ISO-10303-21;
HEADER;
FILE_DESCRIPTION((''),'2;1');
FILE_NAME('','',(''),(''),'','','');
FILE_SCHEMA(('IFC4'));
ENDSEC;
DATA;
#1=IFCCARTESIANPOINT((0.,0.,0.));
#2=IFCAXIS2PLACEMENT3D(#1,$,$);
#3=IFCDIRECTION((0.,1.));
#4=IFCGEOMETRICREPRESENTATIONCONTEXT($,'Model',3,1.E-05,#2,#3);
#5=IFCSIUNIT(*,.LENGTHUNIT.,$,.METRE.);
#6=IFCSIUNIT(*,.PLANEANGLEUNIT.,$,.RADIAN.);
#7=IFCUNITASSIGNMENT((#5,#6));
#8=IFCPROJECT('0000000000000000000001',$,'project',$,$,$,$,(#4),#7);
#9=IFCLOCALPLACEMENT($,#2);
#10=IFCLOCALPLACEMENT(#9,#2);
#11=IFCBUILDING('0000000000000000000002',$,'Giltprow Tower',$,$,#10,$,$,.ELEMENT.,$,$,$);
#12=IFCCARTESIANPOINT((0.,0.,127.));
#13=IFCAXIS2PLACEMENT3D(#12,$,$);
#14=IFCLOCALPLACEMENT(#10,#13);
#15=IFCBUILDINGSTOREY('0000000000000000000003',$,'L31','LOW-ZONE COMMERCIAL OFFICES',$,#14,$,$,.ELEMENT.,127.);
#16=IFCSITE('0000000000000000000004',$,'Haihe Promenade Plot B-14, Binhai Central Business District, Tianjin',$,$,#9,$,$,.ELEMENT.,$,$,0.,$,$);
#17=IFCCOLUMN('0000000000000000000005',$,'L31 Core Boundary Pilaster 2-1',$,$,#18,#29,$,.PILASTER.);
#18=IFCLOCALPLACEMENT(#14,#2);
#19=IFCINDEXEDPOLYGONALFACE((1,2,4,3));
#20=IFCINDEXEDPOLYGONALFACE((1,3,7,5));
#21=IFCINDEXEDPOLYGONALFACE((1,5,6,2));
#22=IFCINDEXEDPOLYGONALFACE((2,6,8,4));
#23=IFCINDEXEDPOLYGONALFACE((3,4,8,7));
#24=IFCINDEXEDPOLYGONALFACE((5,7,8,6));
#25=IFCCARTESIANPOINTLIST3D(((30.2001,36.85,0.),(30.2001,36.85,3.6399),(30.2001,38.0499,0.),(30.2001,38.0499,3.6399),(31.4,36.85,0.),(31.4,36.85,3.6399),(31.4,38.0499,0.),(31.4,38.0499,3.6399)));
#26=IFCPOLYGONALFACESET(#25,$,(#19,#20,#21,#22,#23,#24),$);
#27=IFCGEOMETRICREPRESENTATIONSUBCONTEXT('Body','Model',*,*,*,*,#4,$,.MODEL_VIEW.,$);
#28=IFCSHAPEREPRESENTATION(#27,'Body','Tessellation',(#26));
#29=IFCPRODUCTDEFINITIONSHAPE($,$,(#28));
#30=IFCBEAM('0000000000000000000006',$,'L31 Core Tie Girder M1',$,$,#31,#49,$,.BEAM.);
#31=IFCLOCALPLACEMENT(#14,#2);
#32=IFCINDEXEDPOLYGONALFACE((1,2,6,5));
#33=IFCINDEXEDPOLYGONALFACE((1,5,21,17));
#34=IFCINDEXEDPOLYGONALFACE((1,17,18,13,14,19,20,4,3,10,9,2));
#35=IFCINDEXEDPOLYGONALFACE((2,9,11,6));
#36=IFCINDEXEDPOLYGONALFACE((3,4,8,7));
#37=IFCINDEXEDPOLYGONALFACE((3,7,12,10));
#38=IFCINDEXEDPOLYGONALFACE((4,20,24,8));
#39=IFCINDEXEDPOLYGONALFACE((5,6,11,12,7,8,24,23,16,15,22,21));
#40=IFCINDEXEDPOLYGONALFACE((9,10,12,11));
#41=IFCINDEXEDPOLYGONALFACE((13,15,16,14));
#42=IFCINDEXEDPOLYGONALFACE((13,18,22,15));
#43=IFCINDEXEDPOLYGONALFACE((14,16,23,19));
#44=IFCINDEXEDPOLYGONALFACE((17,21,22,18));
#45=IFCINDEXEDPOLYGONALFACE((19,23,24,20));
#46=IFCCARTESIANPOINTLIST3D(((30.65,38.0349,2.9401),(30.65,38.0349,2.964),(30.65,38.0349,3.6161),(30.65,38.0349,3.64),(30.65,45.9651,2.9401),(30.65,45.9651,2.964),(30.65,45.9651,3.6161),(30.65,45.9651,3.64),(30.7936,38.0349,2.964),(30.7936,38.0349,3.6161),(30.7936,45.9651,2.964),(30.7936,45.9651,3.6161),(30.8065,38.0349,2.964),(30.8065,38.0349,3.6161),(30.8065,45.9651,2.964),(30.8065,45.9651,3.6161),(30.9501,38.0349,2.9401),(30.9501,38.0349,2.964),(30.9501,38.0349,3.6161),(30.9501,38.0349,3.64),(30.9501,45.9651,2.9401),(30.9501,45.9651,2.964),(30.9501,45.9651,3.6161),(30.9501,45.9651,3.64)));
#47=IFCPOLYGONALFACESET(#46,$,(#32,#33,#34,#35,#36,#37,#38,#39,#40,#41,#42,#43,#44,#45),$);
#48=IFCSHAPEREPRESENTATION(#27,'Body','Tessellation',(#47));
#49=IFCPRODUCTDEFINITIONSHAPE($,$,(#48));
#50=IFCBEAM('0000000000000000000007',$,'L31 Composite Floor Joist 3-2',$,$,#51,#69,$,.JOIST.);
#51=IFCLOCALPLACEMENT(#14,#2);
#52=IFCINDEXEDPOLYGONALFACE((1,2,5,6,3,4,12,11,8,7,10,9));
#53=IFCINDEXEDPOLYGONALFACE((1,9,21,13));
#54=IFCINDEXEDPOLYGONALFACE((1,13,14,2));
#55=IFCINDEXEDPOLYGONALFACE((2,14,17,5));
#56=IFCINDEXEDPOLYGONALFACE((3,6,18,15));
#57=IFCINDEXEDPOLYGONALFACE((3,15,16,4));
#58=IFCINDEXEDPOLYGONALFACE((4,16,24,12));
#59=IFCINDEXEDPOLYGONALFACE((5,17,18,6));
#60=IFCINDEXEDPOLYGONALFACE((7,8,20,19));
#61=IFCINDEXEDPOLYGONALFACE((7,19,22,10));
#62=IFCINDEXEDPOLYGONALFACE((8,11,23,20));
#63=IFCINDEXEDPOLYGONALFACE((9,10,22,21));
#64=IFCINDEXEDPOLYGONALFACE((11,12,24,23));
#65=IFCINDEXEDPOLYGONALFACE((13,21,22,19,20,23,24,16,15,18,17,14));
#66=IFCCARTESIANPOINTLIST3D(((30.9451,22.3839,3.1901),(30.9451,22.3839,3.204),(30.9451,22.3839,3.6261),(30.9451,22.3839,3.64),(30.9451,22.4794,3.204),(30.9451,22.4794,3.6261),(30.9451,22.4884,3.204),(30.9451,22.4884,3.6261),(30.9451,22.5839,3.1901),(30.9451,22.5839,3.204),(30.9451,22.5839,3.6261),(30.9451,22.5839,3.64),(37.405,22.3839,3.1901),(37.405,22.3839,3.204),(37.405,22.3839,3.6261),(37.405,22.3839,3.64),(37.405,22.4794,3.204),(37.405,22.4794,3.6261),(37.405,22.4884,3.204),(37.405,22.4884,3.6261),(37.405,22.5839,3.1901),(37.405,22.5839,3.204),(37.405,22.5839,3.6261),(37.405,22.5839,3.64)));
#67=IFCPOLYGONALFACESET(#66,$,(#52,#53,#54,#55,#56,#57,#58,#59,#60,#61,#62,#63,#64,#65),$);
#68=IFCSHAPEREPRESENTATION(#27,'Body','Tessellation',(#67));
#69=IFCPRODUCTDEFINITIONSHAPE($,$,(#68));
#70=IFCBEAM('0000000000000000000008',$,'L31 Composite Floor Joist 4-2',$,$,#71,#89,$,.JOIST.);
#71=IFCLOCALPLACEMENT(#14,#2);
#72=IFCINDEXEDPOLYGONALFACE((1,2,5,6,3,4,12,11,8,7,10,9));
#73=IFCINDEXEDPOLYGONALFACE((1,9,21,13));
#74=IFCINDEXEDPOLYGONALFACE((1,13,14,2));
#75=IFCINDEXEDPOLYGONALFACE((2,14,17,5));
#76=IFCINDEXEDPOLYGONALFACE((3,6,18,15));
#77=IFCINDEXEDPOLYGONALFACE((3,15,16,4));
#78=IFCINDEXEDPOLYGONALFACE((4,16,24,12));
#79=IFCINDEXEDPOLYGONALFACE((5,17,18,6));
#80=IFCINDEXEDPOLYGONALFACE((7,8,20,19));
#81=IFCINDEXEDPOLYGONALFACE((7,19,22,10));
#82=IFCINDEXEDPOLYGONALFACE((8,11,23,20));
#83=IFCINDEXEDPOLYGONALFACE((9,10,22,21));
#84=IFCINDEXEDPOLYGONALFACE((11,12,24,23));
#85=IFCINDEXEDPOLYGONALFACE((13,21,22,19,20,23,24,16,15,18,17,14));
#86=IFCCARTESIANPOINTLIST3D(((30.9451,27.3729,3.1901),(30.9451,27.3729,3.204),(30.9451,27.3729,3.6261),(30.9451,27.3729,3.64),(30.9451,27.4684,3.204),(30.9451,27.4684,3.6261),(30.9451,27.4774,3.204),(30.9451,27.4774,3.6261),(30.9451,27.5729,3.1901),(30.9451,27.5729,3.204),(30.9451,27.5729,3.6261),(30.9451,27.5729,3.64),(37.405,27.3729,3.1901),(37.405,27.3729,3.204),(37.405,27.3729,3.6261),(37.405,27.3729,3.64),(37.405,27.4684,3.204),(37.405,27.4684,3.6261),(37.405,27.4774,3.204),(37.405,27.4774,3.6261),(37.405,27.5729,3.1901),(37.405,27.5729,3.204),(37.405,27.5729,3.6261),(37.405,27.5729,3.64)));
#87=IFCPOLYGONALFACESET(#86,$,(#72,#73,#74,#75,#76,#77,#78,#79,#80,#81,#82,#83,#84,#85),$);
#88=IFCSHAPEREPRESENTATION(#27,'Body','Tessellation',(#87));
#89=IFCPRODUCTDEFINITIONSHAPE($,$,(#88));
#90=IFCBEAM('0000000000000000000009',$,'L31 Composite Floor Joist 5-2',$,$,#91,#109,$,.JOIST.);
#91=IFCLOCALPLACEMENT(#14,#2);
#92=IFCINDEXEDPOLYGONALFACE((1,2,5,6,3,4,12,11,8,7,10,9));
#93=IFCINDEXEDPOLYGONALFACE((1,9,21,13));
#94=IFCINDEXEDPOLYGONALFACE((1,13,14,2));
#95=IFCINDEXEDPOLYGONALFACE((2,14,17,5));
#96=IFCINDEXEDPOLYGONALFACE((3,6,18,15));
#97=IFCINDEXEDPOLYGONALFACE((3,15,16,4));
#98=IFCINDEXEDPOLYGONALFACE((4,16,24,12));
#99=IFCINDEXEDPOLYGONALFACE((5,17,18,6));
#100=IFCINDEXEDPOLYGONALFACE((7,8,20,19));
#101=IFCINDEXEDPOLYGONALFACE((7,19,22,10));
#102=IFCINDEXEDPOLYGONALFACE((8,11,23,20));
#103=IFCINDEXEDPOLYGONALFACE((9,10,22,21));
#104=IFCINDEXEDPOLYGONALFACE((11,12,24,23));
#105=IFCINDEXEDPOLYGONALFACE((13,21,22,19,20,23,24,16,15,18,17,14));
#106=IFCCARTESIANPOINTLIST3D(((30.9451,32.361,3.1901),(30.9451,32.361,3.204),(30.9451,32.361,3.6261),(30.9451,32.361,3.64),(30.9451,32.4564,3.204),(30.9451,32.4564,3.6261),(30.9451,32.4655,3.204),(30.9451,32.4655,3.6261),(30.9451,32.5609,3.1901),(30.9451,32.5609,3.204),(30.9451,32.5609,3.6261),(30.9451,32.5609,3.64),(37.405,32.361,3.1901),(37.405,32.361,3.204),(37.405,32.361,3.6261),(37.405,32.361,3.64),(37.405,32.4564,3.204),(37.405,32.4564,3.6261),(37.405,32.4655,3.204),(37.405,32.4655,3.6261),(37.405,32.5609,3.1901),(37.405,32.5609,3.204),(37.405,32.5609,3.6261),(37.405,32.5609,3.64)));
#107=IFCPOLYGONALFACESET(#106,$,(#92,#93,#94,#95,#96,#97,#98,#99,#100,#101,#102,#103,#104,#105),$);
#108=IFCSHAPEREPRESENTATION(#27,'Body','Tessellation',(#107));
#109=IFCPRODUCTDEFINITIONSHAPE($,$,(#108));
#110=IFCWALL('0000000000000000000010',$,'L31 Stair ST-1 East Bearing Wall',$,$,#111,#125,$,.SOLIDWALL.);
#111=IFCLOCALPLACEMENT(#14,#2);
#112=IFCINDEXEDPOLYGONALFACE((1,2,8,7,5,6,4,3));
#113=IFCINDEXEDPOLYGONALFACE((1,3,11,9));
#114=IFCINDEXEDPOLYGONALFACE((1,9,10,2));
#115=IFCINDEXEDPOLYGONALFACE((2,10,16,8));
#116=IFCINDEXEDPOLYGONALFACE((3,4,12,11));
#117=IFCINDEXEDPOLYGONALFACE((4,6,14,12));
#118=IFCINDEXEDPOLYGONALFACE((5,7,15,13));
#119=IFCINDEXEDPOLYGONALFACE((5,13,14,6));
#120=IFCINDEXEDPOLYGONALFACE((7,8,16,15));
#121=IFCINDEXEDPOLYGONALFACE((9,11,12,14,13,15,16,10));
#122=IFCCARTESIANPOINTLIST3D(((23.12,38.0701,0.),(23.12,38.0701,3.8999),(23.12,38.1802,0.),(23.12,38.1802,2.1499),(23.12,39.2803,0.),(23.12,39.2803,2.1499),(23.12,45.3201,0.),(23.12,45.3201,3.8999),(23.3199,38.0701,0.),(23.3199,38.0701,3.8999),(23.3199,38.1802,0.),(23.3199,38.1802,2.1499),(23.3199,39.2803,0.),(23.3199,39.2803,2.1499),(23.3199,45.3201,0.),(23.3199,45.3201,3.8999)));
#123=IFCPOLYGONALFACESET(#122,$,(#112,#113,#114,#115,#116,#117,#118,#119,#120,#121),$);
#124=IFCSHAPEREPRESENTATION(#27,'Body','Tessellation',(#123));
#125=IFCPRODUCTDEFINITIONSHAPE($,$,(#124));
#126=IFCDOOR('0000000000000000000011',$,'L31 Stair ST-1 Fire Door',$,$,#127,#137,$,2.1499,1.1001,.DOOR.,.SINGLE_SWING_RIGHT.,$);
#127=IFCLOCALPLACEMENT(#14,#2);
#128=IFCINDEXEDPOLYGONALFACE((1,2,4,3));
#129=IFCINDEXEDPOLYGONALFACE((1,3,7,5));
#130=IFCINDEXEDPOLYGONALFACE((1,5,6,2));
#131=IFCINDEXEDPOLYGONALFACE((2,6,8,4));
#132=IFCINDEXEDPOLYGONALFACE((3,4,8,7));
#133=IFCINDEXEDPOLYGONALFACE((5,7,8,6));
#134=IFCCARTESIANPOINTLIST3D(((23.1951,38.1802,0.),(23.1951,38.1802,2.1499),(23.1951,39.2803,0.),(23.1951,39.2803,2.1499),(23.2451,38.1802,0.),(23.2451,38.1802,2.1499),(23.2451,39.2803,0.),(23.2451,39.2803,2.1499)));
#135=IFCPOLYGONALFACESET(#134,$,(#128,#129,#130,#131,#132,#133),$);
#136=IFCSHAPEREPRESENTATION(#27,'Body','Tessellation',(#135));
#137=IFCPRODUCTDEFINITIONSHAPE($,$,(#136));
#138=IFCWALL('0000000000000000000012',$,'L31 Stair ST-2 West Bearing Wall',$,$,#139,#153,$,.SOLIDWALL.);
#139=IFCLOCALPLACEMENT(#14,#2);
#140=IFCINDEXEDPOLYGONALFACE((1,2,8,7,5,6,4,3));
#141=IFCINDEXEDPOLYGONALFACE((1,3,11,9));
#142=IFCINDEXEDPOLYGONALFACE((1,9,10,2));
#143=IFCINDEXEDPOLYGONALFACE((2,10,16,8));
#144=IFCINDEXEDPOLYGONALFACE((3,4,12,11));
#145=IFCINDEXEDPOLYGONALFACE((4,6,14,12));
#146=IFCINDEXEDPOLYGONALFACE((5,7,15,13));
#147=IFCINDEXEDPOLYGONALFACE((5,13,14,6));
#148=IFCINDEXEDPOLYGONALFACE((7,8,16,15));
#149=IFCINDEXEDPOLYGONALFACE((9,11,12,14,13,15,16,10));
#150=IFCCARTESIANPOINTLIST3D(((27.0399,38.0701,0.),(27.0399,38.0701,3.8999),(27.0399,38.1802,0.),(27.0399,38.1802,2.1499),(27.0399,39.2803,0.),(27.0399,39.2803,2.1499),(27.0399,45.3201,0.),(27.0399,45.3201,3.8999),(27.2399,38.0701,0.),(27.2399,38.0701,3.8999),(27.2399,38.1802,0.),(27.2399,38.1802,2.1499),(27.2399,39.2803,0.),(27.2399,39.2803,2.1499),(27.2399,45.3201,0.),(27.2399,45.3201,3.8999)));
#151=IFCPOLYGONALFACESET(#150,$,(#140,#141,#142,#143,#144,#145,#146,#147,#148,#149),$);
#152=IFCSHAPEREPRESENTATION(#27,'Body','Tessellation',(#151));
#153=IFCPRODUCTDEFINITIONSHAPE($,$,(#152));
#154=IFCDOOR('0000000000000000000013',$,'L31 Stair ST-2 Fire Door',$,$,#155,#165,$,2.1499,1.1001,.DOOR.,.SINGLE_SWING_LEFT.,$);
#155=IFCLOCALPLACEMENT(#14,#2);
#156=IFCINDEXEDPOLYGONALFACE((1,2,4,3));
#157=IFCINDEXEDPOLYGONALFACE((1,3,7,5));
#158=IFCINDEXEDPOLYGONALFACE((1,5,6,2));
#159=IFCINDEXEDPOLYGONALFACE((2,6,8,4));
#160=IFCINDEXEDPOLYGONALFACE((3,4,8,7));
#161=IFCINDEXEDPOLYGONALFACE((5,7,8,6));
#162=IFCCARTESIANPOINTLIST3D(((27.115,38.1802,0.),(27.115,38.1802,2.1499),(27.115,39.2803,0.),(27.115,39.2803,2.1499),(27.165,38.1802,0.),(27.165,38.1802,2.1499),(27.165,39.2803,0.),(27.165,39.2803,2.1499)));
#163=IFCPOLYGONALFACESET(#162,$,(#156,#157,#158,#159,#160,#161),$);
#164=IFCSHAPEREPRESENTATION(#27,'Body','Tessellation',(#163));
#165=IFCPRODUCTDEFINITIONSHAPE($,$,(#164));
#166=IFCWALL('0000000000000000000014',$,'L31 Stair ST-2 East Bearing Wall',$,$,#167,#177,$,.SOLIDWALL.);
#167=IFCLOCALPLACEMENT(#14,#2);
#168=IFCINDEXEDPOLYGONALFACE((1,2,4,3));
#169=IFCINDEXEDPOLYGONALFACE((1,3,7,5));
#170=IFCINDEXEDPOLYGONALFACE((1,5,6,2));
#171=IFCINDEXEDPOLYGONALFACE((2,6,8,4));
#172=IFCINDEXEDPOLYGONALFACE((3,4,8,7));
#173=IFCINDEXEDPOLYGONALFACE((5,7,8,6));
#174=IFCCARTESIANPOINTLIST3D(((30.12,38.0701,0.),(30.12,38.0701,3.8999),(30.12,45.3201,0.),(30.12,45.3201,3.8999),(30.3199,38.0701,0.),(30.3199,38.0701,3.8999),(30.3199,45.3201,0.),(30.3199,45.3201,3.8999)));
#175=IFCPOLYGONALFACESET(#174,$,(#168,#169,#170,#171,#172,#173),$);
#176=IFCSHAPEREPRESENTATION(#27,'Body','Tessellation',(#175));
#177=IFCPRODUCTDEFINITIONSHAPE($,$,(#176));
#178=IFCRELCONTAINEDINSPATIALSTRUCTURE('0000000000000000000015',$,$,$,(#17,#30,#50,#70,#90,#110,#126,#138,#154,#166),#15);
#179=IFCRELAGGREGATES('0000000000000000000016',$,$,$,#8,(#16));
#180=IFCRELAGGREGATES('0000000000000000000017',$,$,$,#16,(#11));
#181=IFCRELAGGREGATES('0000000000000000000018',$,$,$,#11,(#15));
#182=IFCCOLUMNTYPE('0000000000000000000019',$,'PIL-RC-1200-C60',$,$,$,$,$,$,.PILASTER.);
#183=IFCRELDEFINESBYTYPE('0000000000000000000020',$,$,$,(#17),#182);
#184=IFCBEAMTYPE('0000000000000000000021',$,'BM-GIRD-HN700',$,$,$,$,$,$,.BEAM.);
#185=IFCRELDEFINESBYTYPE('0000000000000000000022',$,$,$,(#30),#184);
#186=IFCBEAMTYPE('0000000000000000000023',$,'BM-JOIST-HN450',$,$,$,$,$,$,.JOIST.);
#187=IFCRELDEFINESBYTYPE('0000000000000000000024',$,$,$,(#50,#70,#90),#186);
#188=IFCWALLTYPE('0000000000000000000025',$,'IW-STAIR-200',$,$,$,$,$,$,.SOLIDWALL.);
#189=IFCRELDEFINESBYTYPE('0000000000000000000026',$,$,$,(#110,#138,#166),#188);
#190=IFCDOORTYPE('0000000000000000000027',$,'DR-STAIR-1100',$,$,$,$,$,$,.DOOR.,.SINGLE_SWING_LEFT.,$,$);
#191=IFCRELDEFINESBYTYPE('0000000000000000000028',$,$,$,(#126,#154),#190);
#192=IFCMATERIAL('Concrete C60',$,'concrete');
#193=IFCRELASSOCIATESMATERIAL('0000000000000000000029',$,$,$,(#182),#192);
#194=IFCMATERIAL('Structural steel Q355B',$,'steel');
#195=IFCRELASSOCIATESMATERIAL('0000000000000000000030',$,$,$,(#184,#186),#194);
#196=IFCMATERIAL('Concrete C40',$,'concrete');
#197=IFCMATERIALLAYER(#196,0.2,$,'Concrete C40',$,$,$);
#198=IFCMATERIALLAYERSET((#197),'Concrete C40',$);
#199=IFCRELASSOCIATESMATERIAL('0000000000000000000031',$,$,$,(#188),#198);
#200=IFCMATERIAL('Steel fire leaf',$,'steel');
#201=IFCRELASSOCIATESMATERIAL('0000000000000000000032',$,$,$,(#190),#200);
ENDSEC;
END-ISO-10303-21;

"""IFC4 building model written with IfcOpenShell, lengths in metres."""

from ifc_helpers import new_model, si_unit, direction, frame, frame_2d, origin, origin_2d, place, context, subcontext, project, spatial, rectangle, i_section, extrude, source, transform, mapped, material, layer, layer_set, material_profile, profile_set, type_object, element, fill, save


model = new_model("IFC4")

# Units and contexts
model_context = context("Model", 3, precision=1e-05, world=origin(), true_north=direction((0.0, 1.0)))
body_context = subcontext(model_context, "Body", "Model", "MODEL_VIEW")
ifc_project = project(units=[si_unit("LENGTHUNIT", "METRE"), si_unit("PLANEANGLEUNIT", "RADIAN")], contexts=[model_context])

# Site, building, storey
site_placement = place(None, origin())
site = spatial("IfcSite", under=ifc_project, at=site_placement, Name="Haihe Promenade Plot B-14, Binhai Central Business District, Tianjin", CompositionType="ELEMENT", RefElevation=0.0)
building_placement = place(site_placement, origin())
building = spatial("IfcBuilding", under=site, at=building_placement, Name="Giltprow Tower", CompositionType="ELEMENT")
storey_placement = place(building_placement, frame((0.0, 0.0, 127.0)))
storey = spatial("IfcBuildingStorey", under=building, at=storey_placement, Name="L31", Description="LOW-ZONE COMMERCIAL OFFICES", CompositionType="ELEMENT", Elevation=127.0)

# Column
ifc_material_1 = material(Name="Concrete C60", Category="concrete")
ifc_material_profile_1 = material_profile(ifc_material_1, rectangle(XDim=1.2, YDim=1.2, at=origin_2d()), Name="RC 1200x1200")
ifc_profile_set_1 = profile_set([ifc_material_profile_1], Name="Concrete C60")
column_type = type_object("IfcColumnType", Name="PIL-RC-1200-C60", PredefinedType="PILASTER", material=ifc_profile_set_1)
shared_shape_1 = source(origin(), body_context, "Body", "SweptSolid", [
    extrude(rectangle(XDim=1.2, YDim=1.2, at=origin_2d()), origin(), (0.0, 0.0, 1.0), 3.6399),
])
column_placement = place(storey_placement, frame((30.8, 37.45, 0.0), z_axis=(0.0, 0.0, 1.0), x_axis=(1.0, 0.0, 0.0)))
element("IfcColumn", 1, at=column_placement, inside=storey, type_object=column_type, Name="L31 Core Boundary Pilaster 2-1", PredefinedType="PILASTER", context=body_context, shape_type="MappedRepresentation", body=[
    mapped(shared_shape_1, transform((0.0, 0.0, 0.0), x_axis=(1.0, 0.0, 0.0), y_axis=(0.0, 1.0, 0.0), z_axis=(0.0, 0.0, 1.0), scale=1.0)),
])

# Beams
ifc_material_2 = material(Name="Structural steel Q355B", Category="steel")
ifc_material_profile_2 = material_profile(ifc_material_2, i_section(OverallWidth=0.3, OverallDepth=0.7, WebThickness=0.0129, FlangeThickness=0.0239, at=origin_2d()), Name="HN 700x300x13x24")
ifc_profile_set_2 = profile_set([ifc_material_profile_2], Name="Structural steel Q355B")
beam_type_1 = type_object("IfcBeamType", Name="BM-GIRD-HN700", PredefinedType="BEAM", material=ifc_profile_set_2)
shared_shape_2 = source(origin(), body_context, "Body", "SweptSolid", [
    extrude(i_section(OverallWidth=0.3, OverallDepth=0.7, WebThickness=0.0129, FlangeThickness=0.0239, at=origin_2d()), origin(), (0.0, 0.0, 1.0), 7.9302),
])
beam_placement = place(storey_placement, frame((30.8, 38.0349, 3.29), z_axis=(0.0, 1.0, 0.0), x_axis=(-1.0, 0.0, 0.0)))
element("IfcBeam", 2, at=beam_placement, inside=storey, type_object=beam_type_1, Name="L31 Core Tie Girder M1", PredefinedType="BEAM", context=body_context, shape_type="MappedRepresentation", body=[
    mapped(shared_shape_2, transform((0.0, 0.0, 0.0), x_axis=(1.0, 0.0, 0.0), y_axis=(0.0, 1.0, 0.0), z_axis=(0.0, 0.0, 1.0), scale=1.0)),
])
ifc_material_profile_3 = material_profile(ifc_material_2, i_section(OverallWidth=0.2, OverallDepth=0.45, WebThickness=0.009, FlangeThickness=0.0139, at=origin_2d()), Name="HN 450x200x9x14")
ifc_profile_set_3 = profile_set([ifc_material_profile_3], Name="Structural steel Q355B")
beam_type_2 = type_object("IfcBeamType", Name="BM-JOIST-HN450", PredefinedType="JOIST", material=ifc_profile_set_3)
shared_shape_3 = source(origin(), body_context, "Body", "SweptSolid", [
    extrude(i_section(OverallWidth=0.2, OverallDepth=0.45, WebThickness=0.009, FlangeThickness=0.0139, at=origin_2d()), origin(), (0.0, 0.0, 1.0), 6.46),
])
for number, where, z_axis, x_axis, name in (
    (3, (30.9451, 22.4839, 3.415), (1.0, 0.0, 0.0), (0.0, 1.0, 0.0), "L31 Composite Floor Joist 3-2"),
    (4, (30.9451, 27.4729, 3.415), (1.0, 0.0, 0.0), (0.0, 1.0, 0.0), "L31 Composite Floor Joist 4-2"),
    (5, (30.9451, 32.4609, 3.415), (1.0, 0.0, 0.0), (0.0, 1.0, 0.0), "L31 Composite Floor Joist 5-2"),
):
    element("IfcBeam", number, at=place(storey_placement, frame(where, z_axis=z_axis, x_axis=x_axis)), inside=storey, type_object=beam_type_2, Name=name, PredefinedType="JOIST", context=body_context, shape_type="MappedRepresentation", body=[
        mapped(shared_shape_3, transform((0.0, 0.0, 0.0), x_axis=(1.0, 0.0, 0.0), y_axis=(0.0, 1.0, 0.0), z_axis=(0.0, 0.0, 1.0), scale=1.0)),
    ])

# Walls, openings, doors
ifc_material_3 = material(Name="Concrete C40", Category="concrete")
ifc_layer = layer(ifc_material_3, 0.2, Name="Concrete C40")
ifc_layer_set = layer_set([ifc_layer], Name="Concrete C40")
wall_type = type_object("IfcWallType", Name="IW-STAIR-200", PredefinedType="SOLIDWALL", material=ifc_layer_set)
wall_1_placement = place(storey_placement, frame((23.22, 38.0701, 0.0), z_axis=(0.0, 0.0, 1.0), x_axis=(0.0, 1.0, 0.0)))
wall_1 = element("IfcWall", 6, at=wall_1_placement, inside=storey, type_object=wall_type, Name="L31 Stair ST-1 East Bearing Wall", PredefinedType="SOLIDWALL", context=body_context, shape_type="SweptSolid", body=[
    extrude(rectangle(XDim=7.25, YDim=0.2, at=frame_2d((3.625, 0.0))), origin(), (0.0, 0.0, 1.0), 3.8999),
])
opening_1_placement = place(wall_1_placement, frame((0.1101, 0.0, 0.0)))
opening_1 = element("IfcOpeningElement", 7, at=opening_1_placement, cuts=wall_1, PredefinedType="OPENING", context=body_context, shape_type="SweptSolid", body=[
    extrude(rectangle(XDim=1.1001, YDim=2.1499, at=frame_2d((0.55, 1.075))), frame((0.0, 0.1099, 0.0), z_axis=(0.0, -1.0, 0.0), x_axis=(1.0, 0.0, 0.0)), (0.0, 0.0, 1.0), 0.22),
])
ifc_material_4 = material(Name="Steel fire leaf", Category="steel")
door_type = type_object("IfcDoorType", Name="DR-STAIR-1100", OperationType="SINGLE_SWING_LEFT", PredefinedType="DOOR", material=ifc_material_4)
shared_shape_4 = source(origin(), body_context, "Body", "SweptSolid", [
    extrude(rectangle(XDim=1.1001, YDim=2.1499, at=frame_2d((0.55, 1.075))), frame((0.0, 0.0249, 0.0), z_axis=(0.0, -1.0, 0.0), x_axis=(1.0, 0.0, 0.0)), (0.0, 0.0, 1.0), 0.05),
])
door_1_placement = place(opening_1_placement, origin())
door_1 = element("IfcDoor", 8, at=door_1_placement, inside=storey, type_object=door_type, Name="L31 Stair ST-1 Fire Door", OperationType="SINGLE_SWING_RIGHT", OverallHeight=2.1499, OverallWidth=1.1001, PredefinedType="DOOR", context=body_context, shape_type="MappedRepresentation", body=[
    mapped(shared_shape_4, transform((0.0, 0.0, 0.0), x_axis=(1.0, 0.0, 0.0), y_axis=(0.0, 1.0, 0.0), z_axis=(0.0, 0.0, 1.0), scale=1.0)),
])
fill(opening_1, door_1)
wall_2_placement = place(storey_placement, frame((27.1399, 38.0701, 0.0), z_axis=(0.0, 0.0, 1.0), x_axis=(0.0, 1.0, 0.0)))
wall_2 = element("IfcWall", 9, at=wall_2_placement, inside=storey, type_object=wall_type, Name="L31 Stair ST-2 West Bearing Wall", PredefinedType="SOLIDWALL", context=body_context, shape_type="SweptSolid", body=[
    extrude(rectangle(XDim=7.25, YDim=0.2, at=frame_2d((3.625, 0.0))), origin(), (0.0, 0.0, 1.0), 3.8999),
])
opening_2_placement = place(wall_2_placement, frame((0.1101, 0.0, 0.0)))
opening_2 = element("IfcOpeningElement", 10, at=opening_2_placement, cuts=wall_2, PredefinedType="OPENING", context=body_context, shape_type="SweptSolid", body=[
    extrude(rectangle(XDim=1.1001, YDim=2.1499, at=frame_2d((0.55, 1.075))), frame((0.0, 0.1099, 0.0), z_axis=(0.0, -1.0, 0.0), x_axis=(1.0, 0.0, 0.0)), (0.0, 0.0, 1.0), 0.22),
])
door_2_placement = place(opening_2_placement, origin())
door_2 = element("IfcDoor", 11, at=door_2_placement, inside=storey, type_object=door_type, Name="L31 Stair ST-2 Fire Door", OperationType="SINGLE_SWING_LEFT", OverallHeight=2.1499, OverallWidth=1.1001, PredefinedType="DOOR", context=body_context, shape_type="MappedRepresentation", body=[
    mapped(shared_shape_4, transform((0.0, 0.0, 0.0), x_axis=(1.0, 0.0, 0.0), y_axis=(0.0, 1.0, 0.0), z_axis=(0.0, 0.0, 1.0), scale=1.0)),
])
fill(opening_2, door_2)

# Wall
wall_3_placement = place(storey_placement, frame((30.22, 38.0701, 0.0), z_axis=(0.0, 0.0, 1.0), x_axis=(0.0, 1.0, 0.0)))
element("IfcWall", 12, at=wall_3_placement, inside=storey, type_object=wall_type, Name="L31 Stair ST-2 East Bearing Wall", PredefinedType="SOLIDWALL", context=body_context, shape_type="SweptSolid", body=[
    extrude(rectangle(XDim=7.25, YDim=0.2, at=frame_2d((3.625, 0.0))), origin(), (0.0, 0.0, 1.0), 3.8999),
])

save(model, "model.ifc")
